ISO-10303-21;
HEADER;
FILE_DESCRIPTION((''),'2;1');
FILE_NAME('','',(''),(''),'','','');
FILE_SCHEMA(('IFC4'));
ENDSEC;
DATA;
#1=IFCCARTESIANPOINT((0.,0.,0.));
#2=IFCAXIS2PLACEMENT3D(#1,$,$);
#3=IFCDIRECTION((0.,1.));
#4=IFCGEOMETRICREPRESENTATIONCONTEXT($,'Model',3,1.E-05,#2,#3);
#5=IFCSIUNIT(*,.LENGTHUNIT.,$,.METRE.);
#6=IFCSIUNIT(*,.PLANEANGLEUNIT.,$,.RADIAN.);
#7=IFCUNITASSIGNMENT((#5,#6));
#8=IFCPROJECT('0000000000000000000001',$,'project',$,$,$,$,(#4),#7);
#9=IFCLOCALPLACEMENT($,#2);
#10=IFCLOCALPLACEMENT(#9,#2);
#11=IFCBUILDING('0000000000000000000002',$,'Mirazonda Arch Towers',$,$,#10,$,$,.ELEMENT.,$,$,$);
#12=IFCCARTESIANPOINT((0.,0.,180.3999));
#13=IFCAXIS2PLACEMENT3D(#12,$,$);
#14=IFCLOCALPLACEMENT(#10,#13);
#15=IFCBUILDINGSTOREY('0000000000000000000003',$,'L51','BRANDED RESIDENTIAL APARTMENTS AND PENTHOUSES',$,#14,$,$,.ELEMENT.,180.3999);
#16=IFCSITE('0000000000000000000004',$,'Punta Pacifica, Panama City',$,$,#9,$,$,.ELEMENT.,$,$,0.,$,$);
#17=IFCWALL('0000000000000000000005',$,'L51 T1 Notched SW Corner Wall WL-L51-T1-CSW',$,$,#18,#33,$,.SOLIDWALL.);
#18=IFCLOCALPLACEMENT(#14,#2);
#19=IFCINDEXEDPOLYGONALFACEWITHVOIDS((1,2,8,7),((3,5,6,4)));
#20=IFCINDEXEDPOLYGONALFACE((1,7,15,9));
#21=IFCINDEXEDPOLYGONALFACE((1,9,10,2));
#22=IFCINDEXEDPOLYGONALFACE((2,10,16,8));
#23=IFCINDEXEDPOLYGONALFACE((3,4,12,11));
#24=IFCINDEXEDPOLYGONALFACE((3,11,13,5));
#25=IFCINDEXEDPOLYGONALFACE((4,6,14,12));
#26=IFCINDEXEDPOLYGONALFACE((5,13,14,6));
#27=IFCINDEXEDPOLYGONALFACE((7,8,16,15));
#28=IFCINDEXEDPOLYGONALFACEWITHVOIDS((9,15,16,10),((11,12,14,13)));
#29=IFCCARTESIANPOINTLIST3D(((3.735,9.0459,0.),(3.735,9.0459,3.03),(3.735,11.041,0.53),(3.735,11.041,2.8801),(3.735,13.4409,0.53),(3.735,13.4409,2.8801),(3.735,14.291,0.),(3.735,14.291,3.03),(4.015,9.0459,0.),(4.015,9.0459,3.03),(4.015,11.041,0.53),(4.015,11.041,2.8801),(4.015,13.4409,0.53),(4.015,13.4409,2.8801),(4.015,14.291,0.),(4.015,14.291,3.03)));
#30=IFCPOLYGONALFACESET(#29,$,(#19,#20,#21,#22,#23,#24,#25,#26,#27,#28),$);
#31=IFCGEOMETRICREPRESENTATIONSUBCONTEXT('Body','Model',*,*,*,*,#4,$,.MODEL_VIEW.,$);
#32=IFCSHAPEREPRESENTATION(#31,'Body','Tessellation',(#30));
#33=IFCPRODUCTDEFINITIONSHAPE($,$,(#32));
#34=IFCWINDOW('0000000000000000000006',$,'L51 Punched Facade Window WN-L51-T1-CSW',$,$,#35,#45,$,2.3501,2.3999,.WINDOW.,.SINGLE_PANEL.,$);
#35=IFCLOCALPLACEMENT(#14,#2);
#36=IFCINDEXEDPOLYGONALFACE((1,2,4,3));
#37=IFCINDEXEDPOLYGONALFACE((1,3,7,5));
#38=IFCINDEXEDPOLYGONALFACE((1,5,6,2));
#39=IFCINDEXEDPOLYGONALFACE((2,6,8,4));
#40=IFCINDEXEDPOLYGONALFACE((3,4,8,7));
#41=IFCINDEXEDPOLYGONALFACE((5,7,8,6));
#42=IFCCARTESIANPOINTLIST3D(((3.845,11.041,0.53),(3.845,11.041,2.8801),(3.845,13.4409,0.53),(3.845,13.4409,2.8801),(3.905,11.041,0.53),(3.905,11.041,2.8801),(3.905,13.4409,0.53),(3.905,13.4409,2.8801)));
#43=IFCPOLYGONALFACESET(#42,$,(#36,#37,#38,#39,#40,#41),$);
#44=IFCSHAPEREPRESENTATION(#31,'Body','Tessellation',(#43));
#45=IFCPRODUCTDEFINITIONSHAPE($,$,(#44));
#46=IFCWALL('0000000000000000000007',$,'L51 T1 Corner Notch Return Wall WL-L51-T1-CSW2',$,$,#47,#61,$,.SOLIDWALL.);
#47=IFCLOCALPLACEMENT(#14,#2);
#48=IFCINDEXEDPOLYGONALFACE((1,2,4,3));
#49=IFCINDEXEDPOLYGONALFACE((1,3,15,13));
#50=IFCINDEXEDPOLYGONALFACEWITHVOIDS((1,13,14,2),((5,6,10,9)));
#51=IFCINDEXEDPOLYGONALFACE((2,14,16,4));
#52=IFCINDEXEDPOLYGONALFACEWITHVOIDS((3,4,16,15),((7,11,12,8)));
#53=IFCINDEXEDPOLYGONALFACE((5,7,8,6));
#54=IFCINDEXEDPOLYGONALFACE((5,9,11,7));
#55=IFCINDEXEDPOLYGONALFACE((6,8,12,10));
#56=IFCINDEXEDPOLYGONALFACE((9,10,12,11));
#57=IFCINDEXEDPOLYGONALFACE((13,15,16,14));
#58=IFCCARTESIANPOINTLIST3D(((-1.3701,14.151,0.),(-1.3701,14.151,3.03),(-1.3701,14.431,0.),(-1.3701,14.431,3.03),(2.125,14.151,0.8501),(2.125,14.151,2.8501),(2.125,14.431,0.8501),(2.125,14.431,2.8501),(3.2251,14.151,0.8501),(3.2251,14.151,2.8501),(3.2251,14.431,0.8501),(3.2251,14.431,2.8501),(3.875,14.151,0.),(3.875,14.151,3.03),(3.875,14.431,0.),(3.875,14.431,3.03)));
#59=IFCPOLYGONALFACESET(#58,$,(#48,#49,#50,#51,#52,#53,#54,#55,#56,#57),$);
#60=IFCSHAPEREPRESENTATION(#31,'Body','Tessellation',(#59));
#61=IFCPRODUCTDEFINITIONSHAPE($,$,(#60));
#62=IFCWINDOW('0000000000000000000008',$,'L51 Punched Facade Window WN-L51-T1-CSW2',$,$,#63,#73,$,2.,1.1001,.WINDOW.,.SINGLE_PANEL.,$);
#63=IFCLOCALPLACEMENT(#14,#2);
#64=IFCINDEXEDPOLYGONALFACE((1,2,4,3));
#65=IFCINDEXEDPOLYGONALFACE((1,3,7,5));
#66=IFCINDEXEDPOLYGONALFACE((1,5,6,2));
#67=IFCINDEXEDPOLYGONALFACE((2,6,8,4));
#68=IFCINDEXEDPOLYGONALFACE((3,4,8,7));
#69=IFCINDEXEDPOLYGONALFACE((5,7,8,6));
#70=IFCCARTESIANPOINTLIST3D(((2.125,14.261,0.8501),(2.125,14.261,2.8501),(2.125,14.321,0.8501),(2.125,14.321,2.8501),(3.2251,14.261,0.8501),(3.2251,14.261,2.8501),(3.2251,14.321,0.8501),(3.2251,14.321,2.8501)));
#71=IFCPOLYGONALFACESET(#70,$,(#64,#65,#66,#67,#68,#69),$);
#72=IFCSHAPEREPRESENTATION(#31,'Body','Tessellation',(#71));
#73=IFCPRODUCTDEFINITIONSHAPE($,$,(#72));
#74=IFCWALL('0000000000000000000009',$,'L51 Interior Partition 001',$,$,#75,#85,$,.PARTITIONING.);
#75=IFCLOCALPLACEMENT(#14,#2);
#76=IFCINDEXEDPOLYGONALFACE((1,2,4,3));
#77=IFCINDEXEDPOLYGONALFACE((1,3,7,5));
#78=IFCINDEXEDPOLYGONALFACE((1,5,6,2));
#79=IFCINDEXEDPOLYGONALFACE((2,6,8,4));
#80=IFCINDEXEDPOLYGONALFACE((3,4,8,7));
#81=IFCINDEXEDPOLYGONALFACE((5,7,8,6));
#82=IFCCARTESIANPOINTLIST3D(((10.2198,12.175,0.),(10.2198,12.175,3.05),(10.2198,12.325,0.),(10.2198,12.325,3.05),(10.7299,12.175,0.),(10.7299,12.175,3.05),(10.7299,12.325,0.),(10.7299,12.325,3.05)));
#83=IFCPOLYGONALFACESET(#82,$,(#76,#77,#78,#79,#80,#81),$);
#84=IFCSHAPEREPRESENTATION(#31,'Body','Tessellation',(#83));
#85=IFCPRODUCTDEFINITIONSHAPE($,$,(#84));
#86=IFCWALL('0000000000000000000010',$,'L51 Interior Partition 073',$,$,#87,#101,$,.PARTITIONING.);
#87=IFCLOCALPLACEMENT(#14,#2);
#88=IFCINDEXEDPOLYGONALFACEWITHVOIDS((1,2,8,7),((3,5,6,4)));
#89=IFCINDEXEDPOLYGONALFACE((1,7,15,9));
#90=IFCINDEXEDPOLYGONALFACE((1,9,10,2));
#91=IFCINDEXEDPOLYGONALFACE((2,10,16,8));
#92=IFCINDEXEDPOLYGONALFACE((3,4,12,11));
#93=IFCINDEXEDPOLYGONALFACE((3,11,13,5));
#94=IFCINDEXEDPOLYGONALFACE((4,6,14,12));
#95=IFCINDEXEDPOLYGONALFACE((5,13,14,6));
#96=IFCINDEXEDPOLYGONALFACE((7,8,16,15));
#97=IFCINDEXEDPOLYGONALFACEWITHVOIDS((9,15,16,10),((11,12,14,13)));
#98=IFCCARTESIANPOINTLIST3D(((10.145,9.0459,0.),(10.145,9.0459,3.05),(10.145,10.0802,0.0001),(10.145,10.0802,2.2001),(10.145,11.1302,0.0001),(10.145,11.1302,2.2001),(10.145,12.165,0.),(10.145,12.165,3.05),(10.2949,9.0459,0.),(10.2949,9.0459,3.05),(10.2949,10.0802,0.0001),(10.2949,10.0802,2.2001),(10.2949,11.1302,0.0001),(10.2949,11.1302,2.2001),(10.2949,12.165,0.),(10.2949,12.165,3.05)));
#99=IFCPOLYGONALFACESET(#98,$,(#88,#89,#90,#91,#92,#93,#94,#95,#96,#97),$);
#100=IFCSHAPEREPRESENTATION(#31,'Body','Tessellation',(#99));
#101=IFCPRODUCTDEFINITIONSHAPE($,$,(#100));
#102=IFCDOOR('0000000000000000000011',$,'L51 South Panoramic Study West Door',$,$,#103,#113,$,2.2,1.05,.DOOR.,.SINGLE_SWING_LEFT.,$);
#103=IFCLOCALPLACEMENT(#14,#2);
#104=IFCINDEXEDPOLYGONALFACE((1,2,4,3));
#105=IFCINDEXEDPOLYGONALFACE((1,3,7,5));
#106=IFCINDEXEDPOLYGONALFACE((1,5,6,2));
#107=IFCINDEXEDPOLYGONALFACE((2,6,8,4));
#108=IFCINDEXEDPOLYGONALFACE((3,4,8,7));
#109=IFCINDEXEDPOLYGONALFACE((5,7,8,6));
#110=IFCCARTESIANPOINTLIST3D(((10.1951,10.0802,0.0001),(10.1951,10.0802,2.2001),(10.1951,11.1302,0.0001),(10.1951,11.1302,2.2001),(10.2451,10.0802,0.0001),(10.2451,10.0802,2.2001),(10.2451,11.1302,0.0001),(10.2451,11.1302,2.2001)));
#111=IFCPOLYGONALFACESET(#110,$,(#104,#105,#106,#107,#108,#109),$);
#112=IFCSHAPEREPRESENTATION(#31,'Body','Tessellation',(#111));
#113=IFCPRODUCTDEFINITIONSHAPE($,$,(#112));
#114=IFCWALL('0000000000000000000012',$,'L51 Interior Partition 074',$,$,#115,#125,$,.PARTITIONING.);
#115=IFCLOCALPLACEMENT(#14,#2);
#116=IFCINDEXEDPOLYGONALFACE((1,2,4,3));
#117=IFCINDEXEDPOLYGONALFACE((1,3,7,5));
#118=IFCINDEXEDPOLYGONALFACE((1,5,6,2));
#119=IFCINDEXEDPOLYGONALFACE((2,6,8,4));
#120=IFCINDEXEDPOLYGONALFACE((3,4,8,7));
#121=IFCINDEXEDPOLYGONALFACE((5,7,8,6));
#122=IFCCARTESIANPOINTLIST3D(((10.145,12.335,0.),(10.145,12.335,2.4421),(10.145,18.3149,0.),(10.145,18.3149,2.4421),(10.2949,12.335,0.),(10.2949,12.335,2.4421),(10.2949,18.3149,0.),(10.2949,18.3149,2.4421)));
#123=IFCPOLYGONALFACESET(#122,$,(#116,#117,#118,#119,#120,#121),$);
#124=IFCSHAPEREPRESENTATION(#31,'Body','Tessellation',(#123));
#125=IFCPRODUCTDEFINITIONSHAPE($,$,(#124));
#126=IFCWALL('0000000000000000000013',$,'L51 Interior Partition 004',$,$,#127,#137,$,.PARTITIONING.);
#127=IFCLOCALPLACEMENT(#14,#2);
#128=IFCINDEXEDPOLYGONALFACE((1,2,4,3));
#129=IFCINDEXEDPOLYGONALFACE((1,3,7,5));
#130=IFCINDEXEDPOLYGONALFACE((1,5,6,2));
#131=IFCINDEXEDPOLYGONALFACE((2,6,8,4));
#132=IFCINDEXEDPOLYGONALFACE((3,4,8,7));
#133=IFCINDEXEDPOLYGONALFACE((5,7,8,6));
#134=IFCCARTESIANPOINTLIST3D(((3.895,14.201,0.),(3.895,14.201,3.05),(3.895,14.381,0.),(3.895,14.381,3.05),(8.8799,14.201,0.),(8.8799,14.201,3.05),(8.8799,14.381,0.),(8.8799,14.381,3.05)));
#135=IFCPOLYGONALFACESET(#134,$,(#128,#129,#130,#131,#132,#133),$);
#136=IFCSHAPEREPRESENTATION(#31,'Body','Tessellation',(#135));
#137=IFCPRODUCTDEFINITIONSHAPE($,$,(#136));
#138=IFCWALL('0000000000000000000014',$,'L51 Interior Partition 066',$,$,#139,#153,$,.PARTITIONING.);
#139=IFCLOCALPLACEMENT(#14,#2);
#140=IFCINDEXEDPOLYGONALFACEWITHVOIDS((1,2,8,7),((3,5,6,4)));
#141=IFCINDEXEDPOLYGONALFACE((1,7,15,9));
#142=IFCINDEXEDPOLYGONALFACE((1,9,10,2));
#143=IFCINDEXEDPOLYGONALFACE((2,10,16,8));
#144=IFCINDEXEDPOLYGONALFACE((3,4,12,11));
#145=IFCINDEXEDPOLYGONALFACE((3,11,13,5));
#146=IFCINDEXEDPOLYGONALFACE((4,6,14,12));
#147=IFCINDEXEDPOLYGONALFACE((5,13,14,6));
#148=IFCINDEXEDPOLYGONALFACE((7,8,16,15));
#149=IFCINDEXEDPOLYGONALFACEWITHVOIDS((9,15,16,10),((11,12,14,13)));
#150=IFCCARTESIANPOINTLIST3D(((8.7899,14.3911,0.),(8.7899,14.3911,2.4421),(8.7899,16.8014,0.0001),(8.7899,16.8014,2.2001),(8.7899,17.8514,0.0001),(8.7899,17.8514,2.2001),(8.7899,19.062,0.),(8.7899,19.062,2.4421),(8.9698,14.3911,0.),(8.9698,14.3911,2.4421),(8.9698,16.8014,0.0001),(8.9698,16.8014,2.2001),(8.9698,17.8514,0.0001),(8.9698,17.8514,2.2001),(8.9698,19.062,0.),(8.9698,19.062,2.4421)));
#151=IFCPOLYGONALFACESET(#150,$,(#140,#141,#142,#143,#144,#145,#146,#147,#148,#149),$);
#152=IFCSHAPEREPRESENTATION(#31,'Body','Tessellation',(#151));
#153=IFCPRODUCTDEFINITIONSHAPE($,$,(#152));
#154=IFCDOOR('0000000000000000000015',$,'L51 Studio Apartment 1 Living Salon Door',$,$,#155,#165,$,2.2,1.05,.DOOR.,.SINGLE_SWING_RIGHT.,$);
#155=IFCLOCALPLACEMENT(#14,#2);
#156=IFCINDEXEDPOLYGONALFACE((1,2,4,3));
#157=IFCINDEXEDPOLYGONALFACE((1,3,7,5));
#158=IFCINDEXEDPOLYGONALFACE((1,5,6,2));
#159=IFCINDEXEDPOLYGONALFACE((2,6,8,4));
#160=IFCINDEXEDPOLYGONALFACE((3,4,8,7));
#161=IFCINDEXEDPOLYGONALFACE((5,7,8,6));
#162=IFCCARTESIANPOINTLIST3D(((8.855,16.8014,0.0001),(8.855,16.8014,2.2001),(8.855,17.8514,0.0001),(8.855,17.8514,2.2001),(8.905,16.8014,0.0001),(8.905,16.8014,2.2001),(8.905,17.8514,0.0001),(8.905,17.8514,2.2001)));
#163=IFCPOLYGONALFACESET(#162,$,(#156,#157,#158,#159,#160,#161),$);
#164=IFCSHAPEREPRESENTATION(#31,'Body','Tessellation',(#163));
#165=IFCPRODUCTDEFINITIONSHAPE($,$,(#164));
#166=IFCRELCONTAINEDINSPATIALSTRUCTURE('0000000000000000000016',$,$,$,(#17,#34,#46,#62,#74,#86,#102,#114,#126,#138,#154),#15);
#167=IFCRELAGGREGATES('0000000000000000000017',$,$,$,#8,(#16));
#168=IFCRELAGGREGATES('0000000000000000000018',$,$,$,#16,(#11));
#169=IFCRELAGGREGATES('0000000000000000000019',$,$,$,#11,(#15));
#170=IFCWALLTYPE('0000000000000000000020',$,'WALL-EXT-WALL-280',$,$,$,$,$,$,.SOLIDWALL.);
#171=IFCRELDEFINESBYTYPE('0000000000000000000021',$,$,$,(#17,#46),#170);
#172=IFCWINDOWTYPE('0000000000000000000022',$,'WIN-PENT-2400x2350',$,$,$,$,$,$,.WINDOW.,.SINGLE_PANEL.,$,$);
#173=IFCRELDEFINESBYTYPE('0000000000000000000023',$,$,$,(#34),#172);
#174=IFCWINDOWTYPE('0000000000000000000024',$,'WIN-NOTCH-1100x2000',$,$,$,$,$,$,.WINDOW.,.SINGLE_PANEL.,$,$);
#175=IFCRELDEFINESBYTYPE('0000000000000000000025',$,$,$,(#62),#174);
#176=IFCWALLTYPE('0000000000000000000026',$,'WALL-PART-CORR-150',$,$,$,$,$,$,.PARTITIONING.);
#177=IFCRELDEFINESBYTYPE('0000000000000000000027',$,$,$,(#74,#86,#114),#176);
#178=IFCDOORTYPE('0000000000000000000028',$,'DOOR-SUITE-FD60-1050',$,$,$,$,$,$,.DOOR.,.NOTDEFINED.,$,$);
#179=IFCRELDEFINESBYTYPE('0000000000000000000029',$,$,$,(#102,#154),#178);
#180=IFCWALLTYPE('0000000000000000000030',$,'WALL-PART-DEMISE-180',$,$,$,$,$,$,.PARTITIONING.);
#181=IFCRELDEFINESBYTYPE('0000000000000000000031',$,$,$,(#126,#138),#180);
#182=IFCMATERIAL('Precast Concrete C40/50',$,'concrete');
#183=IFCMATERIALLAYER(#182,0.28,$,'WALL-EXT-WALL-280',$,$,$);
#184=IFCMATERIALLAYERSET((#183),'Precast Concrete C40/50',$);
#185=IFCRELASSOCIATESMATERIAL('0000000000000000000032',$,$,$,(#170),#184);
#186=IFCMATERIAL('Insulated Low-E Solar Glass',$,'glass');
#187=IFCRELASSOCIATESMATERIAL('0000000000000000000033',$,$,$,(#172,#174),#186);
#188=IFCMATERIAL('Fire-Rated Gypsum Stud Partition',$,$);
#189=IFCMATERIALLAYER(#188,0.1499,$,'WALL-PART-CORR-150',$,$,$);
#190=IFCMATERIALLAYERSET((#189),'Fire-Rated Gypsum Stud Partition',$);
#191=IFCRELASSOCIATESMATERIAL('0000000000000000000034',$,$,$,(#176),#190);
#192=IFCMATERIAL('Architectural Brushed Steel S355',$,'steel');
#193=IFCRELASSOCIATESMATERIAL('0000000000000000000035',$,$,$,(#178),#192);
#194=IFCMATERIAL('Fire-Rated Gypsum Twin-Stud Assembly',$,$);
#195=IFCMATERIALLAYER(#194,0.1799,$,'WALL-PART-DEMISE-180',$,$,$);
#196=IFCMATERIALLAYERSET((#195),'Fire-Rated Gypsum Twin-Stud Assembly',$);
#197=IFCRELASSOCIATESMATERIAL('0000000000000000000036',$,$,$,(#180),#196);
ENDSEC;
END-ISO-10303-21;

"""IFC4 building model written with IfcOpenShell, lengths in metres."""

from ifc_helpers import new_model, si_unit, direction, frame, frame_2d, origin, place, context, subcontext, project, spatial, rectangle, extrude, material, layer, layer_set, type_object, element, fill, save


model = new_model("IFC4")

# Units and contexts
model_context = context("Model", 3, precision=1e-05, world=origin(), true_north=direction((0.0, 1.0)))
body_context = subcontext(model_context, "Body", "Model", "MODEL_VIEW")
ifc_project = project(units=[si_unit("LENGTHUNIT", "METRE"), si_unit("PLANEANGLEUNIT", "RADIAN")], contexts=[model_context])

# Site, building, storey
site_placement = place(None, origin())
site = spatial("IfcSite", under=ifc_project, at=site_placement, Name="Punta Pacifica, Panama City", CompositionType="ELEMENT", RefElevation=0.0)
building_placement = place(site_placement, origin())
building = spatial("IfcBuilding", under=site, at=building_placement, Name="Mirazonda Arch Towers", CompositionType="ELEMENT")
storey_placement = place(building_placement, frame((0.0, 0.0, 180.3999)))
storey = spatial("IfcBuildingStorey", under=building, at=storey_placement, Name="L51", Description="BRANDED RESIDENTIAL APARTMENTS AND PENTHOUSES", CompositionType="ELEMENT", Elevation=180.3999)

# Shared definitions
ifc_material_1 = material(Name="Insulated Low-E Solar Glass", Category="glass")

# Walls, openings, windows
ifc_material_2 = material(Name="Precast Concrete C40/50", Category="concrete")
ifc_layer_1 = layer(ifc_material_2, 0.28, Name="WALL-EXT-WALL-280")
ifc_layer_set_1 = layer_set([ifc_layer_1], Name="Precast Concrete C40/50")
wall_type_1 = type_object("IfcWallType", Name="WALL-EXT-WALL-280", PredefinedType="SOLIDWALL", material=ifc_layer_set_1)
wall_1_placement = place(storey_placement, frame((3.875, 14.291, 0.0), z_axis=(0.0, 0.0, 1.0), x_axis=(0.0, -1.0, 0.0)))
wall_1 = element("IfcWall", 1, at=wall_1_placement, inside=storey, type_object=wall_type_1, Name="L51 T1 Notched SW Corner Wall WL-L51-T1-CSW", PredefinedType="SOLIDWALL", context=body_context, shape_type="SweptSolid", body=[
    extrude(rectangle(XDim=5.2451, YDim=0.28, at=frame_2d((2.6226, 0.0))), origin(), (0.0, 0.0, 1.0), 3.03),
])
opening_1_placement = place(wall_1_placement, frame((0.8501, 0.0, 0.53)))
opening_1 = element("IfcOpeningElement", 2, at=opening_1_placement, cuts=wall_1, PredefinedType="OPENING", context=body_context, shape_type="SweptSolid", body=[
    extrude(rectangle(XDim=2.3999, YDim=2.3501, at=frame_2d((1.2, 1.175))), frame((0.0, 0.1499, 0.0), z_axis=(0.0, -1.0, 0.0), x_axis=(1.0, 0.0, 0.0)), (0.0, 0.0, 1.0), 0.3),
])
window_type_1 = type_object("IfcWindowType", Name="WIN-PENT-2400x2350", PartitioningType="SINGLE_PANEL", PredefinedType="WINDOW", material=ifc_material_1)
window_1_placement = place(opening_1_placement, origin())
window_1 = element("IfcWindow", 3, at=window_1_placement, inside=storey, type_object=window_type_1, Name="L51 Punched Facade Window WN-L51-T1-CSW", OverallHeight=2.3501, OverallWidth=2.3999, PartitioningType="SINGLE_PANEL", PredefinedType="WINDOW", context=body_context, shape_type="SweptSolid", body=[
    extrude(rectangle(XDim=2.3999, YDim=2.3501, at=frame_2d((1.2, 1.175))), frame((0.0, 0.03, 0.0), z_axis=(0.0, -1.0, 0.0), x_axis=(1.0, 0.0, 0.0)), (0.0, 0.0, 1.0), 0.0601),
])
fill(opening_1, window_1)
wall_2_placement = place(storey_placement, frame((-1.3701, 14.291, 0.0), z_axis=(0.0, 0.0, 1.0), x_axis=(1.0, 0.0, 0.0)))
wall_2 = element("IfcWall", 4, at=wall_2_placement, inside=storey, type_object=wall_type_1, Name="L51 T1 Corner Notch Return Wall WL-L51-T1-CSW2", PredefinedType="SOLIDWALL", context=body_context, shape_type="SweptSolid", body=[
    extrude(rectangle(XDim=5.2451, YDim=0.28, at=frame_2d((2.6226, 0.0))), origin(), (0.0, 0.0, 1.0), 3.03),
])
opening_2_placement = place(wall_2_placement, frame((3.4951, 0.0, 0.8501)))
opening_2 = element("IfcOpeningElement", 5, at=opening_2_placement, cuts=wall_2, PredefinedType="OPENING", context=body_context, shape_type="SweptSolid", body=[
    extrude(rectangle(XDim=1.1001, YDim=2.0, at=frame_2d((0.55, 1.0))), frame((0.0, 0.1499, 0.0), z_axis=(0.0, -1.0, 0.0), x_axis=(1.0, 0.0, 0.0)), (0.0, 0.0, 1.0), 0.3),
])
window_type_2 = type_object("IfcWindowType", Name="WIN-NOTCH-1100x2000", PartitioningType="SINGLE_PANEL", PredefinedType="WINDOW", material=ifc_material_1)
window_2_placement = place(opening_2_placement, origin())
window_2 = element("IfcWindow", 6, at=window_2_placement, inside=storey, type_object=window_type_2, Name="L51 Punched Facade Window WN-L51-T1-CSW2", OverallHeight=2.0, OverallWidth=1.1001, PartitioningType="SINGLE_PANEL", PredefinedType="WINDOW", context=body_context, shape_type="SweptSolid", body=[
    extrude(rectangle(XDim=1.1001, YDim=2.0, at=frame_2d((0.55, 1.0))), frame((0.0, 0.03, 0.0), z_axis=(0.0, -1.0, 0.0), x_axis=(1.0, 0.0, 0.0)), (0.0, 0.0, 1.0), 0.0601),
])
fill(opening_2, window_2)

# Wall
ifc_material_3 = material(Name="Fire-Rated Gypsum Stud Partition")
ifc_layer_2 = layer(ifc_material_3, 0.1499, Name="WALL-PART-CORR-150")
ifc_layer_set_2 = layer_set([ifc_layer_2], Name="Fire-Rated Gypsum Stud Partition")
wall_type_2 = type_object("IfcWallType", Name="WALL-PART-CORR-150", PredefinedType="PARTITIONING", material=ifc_layer_set_2)
wall_3_placement = place(storey_placement, frame((10.22, 12.25, 0.0), z_axis=(0.0, 0.0, 1.0), x_axis=(1.0, 0.0, 0.0)))
element("IfcWall", 7, at=wall_3_placement, inside=storey, type_object=wall_type_2, Name="L51 Interior Partition 001", PredefinedType="PARTITIONING", context=body_context, shape_type="SweptSolid", body=[
    extrude(rectangle(XDim=0.51, YDim=0.1499, at=frame_2d((0.2549, 0.0))), origin(), (0.0, 0.0, 1.0), 3.05),
])

# Wall, opening, door
wall_4_placement = place(storey_placement, frame((10.22, 9.0459, 0.0), z_axis=(0.0, 0.0, 1.0), x_axis=(0.0, 1.0, 0.0)))
wall_4 = element("IfcWall", 8, at=wall_4_placement, inside=storey, type_object=wall_type_2, Name="L51 Interior Partition 073", PredefinedType="PARTITIONING", context=body_context, shape_type="SweptSolid", body=[
    extrude(rectangle(XDim=3.1191, YDim=0.1499, at=frame_2d((1.5596, 0.0))), origin(), (0.0, 0.0, 1.0), 3.05),
])
opening_3_placement = place(wall_4_placement, frame((1.0344, 0.0, 0.0)))
opening_3 = element("IfcOpeningElement", 9, at=opening_3_placement, cuts=wall_4, PredefinedType="OPENING", context=body_context, shape_type="SweptSolid", body=[
    extrude(rectangle(XDim=1.05, YDim=2.2, at=frame_2d((0.5249, 1.1001))), frame((0.0, 0.085, 0.0), z_axis=(0.0, -1.0, 0.0), x_axis=(1.0, 0.0, 0.0)), (0.0, 0.0, 1.0), 0.1699),
])
ifc_material_4 = material(Name="Architectural Brushed Steel S355", Category="steel")
door_type_1 = type_object("IfcDoorType", Name="DOOR-SUITE-FD60-1050", OperationType="NOTDEFINED", PredefinedType="DOOR", material=ifc_material_4)
door_1_placement = place(opening_3_placement, origin())
door_1 = element("IfcDoor", 10, at=door_1_placement, inside=storey, type_object=door_type_1, Name="L51 South Panoramic Study West Door", OperationType="SINGLE_SWING_LEFT", OverallHeight=2.2, OverallWidth=1.05, PredefinedType="DOOR", context=body_context, shape_type="SweptSolid", body=[
    extrude(rectangle(XDim=1.05, YDim=2.2, at=frame_2d((0.5249, 1.1001))), frame((0.0, 0.0249, 0.0), z_axis=(0.0, -1.0, 0.0), x_axis=(1.0, 0.0, 0.0)), (0.0, 0.0, 1.0), 0.05),
])
fill(opening_3, door_1)

# Walls
wall_5_placement = place(storey_placement, frame((10.22, 12.335, 0.0), z_axis=(0.0, 0.0, 1.0), x_axis=(0.0, 1.0, 0.0)))
element("IfcWall", 11, at=wall_5_placement, inside=storey, type_object=wall_type_2, Name="L51 Interior Partition 074", PredefinedType="PARTITIONING", context=body_context, shape_type="SweptSolid", body=[
    extrude(rectangle(XDim=5.98, YDim=0.1499, at=frame_2d((2.99, 0.0))), origin(), (0.0, 0.0, 1.0), 2.4421),
])
ifc_material_5 = material(Name="Fire-Rated Gypsum Twin-Stud Assembly")
ifc_layer_3 = layer(ifc_material_5, 0.1799, Name="WALL-PART-DEMISE-180")
ifc_layer_set_3 = layer_set([ifc_layer_3], Name="Fire-Rated Gypsum Twin-Stud Assembly")
wall_type_3 = type_object("IfcWallType", Name="WALL-PART-DEMISE-180", PredefinedType="PARTITIONING", material=ifc_layer_set_3)
wall_6_placement = place(storey_placement, frame((3.895, 14.291, 0.0), z_axis=(0.0, 0.0, 1.0), x_axis=(1.0, 0.0, 0.0)))
element("IfcWall", 12, at=wall_6_placement, inside=storey, type_object=wall_type_3, Name="L51 Interior Partition 004", PredefinedType="PARTITIONING", context=body_context, shape_type="SweptSolid", body=[
    extrude(rectangle(XDim=4.9849, YDim=0.1799, at=frame_2d((2.4924, 0.0))), origin(), (0.0, 0.0, 1.0), 3.05),
])

# Wall, opening, door
wall_7_placement = place(storey_placement, frame((8.8799, 14.3911, 0.0), z_axis=(0.0, 0.0, 1.0), x_axis=(0.0, 1.0, 0.0)))
wall_7 = element("IfcWall", 13, at=wall_7_placement, inside=storey, type_object=wall_type_3, Name="L51 Interior Partition 066", PredefinedType="PARTITIONING", context=body_context, shape_type="SweptSolid", body=[
    extrude(rectangle(XDim=4.6709, YDim=0.1799, at=frame_2d((2.3354, 0.0))), origin(), (0.0, 0.0, 1.0), 2.4421),
])
opening_4_placement = place(wall_7_placement, frame((2.4104, 0.0, 0.0)))
opening_4 = element("IfcOpeningElement", 14, at=opening_4_placement, cuts=wall_7, PredefinedType="OPENING", context=body_context, shape_type="SweptSolid", body=[
    extrude(rectangle(XDim=1.05, YDim=2.2, at=frame_2d((0.5249, 1.1001))), frame((0.0, 0.0999, 0.0), z_axis=(0.0, -1.0, 0.0), x_axis=(1.0, 0.0, 0.0)), (0.0, 0.0, 1.0), 0.2),
])
door_2_placement = place(opening_4_placement, origin())
door_2 = element("IfcDoor", 15, at=door_2_placement, inside=storey, type_object=door_type_1, Name="L51 Studio Apartment 1 Living Salon Door", OperationType="SINGLE_SWING_RIGHT", OverallHeight=2.2, OverallWidth=1.05, PredefinedType="DOOR", context=body_context, shape_type="SweptSolid", body=[
    extrude(rectangle(XDim=1.05, YDim=2.2, at=frame_2d((0.5249, 1.1001))), frame((0.0, 0.0249, 0.0), z_axis=(0.0, -1.0, 0.0), x_axis=(1.0, 0.0, 0.0)), (0.0, 0.0, 1.0), 0.05),
])
fill(opening_4, door_2)

save(model, "model.ifc")
